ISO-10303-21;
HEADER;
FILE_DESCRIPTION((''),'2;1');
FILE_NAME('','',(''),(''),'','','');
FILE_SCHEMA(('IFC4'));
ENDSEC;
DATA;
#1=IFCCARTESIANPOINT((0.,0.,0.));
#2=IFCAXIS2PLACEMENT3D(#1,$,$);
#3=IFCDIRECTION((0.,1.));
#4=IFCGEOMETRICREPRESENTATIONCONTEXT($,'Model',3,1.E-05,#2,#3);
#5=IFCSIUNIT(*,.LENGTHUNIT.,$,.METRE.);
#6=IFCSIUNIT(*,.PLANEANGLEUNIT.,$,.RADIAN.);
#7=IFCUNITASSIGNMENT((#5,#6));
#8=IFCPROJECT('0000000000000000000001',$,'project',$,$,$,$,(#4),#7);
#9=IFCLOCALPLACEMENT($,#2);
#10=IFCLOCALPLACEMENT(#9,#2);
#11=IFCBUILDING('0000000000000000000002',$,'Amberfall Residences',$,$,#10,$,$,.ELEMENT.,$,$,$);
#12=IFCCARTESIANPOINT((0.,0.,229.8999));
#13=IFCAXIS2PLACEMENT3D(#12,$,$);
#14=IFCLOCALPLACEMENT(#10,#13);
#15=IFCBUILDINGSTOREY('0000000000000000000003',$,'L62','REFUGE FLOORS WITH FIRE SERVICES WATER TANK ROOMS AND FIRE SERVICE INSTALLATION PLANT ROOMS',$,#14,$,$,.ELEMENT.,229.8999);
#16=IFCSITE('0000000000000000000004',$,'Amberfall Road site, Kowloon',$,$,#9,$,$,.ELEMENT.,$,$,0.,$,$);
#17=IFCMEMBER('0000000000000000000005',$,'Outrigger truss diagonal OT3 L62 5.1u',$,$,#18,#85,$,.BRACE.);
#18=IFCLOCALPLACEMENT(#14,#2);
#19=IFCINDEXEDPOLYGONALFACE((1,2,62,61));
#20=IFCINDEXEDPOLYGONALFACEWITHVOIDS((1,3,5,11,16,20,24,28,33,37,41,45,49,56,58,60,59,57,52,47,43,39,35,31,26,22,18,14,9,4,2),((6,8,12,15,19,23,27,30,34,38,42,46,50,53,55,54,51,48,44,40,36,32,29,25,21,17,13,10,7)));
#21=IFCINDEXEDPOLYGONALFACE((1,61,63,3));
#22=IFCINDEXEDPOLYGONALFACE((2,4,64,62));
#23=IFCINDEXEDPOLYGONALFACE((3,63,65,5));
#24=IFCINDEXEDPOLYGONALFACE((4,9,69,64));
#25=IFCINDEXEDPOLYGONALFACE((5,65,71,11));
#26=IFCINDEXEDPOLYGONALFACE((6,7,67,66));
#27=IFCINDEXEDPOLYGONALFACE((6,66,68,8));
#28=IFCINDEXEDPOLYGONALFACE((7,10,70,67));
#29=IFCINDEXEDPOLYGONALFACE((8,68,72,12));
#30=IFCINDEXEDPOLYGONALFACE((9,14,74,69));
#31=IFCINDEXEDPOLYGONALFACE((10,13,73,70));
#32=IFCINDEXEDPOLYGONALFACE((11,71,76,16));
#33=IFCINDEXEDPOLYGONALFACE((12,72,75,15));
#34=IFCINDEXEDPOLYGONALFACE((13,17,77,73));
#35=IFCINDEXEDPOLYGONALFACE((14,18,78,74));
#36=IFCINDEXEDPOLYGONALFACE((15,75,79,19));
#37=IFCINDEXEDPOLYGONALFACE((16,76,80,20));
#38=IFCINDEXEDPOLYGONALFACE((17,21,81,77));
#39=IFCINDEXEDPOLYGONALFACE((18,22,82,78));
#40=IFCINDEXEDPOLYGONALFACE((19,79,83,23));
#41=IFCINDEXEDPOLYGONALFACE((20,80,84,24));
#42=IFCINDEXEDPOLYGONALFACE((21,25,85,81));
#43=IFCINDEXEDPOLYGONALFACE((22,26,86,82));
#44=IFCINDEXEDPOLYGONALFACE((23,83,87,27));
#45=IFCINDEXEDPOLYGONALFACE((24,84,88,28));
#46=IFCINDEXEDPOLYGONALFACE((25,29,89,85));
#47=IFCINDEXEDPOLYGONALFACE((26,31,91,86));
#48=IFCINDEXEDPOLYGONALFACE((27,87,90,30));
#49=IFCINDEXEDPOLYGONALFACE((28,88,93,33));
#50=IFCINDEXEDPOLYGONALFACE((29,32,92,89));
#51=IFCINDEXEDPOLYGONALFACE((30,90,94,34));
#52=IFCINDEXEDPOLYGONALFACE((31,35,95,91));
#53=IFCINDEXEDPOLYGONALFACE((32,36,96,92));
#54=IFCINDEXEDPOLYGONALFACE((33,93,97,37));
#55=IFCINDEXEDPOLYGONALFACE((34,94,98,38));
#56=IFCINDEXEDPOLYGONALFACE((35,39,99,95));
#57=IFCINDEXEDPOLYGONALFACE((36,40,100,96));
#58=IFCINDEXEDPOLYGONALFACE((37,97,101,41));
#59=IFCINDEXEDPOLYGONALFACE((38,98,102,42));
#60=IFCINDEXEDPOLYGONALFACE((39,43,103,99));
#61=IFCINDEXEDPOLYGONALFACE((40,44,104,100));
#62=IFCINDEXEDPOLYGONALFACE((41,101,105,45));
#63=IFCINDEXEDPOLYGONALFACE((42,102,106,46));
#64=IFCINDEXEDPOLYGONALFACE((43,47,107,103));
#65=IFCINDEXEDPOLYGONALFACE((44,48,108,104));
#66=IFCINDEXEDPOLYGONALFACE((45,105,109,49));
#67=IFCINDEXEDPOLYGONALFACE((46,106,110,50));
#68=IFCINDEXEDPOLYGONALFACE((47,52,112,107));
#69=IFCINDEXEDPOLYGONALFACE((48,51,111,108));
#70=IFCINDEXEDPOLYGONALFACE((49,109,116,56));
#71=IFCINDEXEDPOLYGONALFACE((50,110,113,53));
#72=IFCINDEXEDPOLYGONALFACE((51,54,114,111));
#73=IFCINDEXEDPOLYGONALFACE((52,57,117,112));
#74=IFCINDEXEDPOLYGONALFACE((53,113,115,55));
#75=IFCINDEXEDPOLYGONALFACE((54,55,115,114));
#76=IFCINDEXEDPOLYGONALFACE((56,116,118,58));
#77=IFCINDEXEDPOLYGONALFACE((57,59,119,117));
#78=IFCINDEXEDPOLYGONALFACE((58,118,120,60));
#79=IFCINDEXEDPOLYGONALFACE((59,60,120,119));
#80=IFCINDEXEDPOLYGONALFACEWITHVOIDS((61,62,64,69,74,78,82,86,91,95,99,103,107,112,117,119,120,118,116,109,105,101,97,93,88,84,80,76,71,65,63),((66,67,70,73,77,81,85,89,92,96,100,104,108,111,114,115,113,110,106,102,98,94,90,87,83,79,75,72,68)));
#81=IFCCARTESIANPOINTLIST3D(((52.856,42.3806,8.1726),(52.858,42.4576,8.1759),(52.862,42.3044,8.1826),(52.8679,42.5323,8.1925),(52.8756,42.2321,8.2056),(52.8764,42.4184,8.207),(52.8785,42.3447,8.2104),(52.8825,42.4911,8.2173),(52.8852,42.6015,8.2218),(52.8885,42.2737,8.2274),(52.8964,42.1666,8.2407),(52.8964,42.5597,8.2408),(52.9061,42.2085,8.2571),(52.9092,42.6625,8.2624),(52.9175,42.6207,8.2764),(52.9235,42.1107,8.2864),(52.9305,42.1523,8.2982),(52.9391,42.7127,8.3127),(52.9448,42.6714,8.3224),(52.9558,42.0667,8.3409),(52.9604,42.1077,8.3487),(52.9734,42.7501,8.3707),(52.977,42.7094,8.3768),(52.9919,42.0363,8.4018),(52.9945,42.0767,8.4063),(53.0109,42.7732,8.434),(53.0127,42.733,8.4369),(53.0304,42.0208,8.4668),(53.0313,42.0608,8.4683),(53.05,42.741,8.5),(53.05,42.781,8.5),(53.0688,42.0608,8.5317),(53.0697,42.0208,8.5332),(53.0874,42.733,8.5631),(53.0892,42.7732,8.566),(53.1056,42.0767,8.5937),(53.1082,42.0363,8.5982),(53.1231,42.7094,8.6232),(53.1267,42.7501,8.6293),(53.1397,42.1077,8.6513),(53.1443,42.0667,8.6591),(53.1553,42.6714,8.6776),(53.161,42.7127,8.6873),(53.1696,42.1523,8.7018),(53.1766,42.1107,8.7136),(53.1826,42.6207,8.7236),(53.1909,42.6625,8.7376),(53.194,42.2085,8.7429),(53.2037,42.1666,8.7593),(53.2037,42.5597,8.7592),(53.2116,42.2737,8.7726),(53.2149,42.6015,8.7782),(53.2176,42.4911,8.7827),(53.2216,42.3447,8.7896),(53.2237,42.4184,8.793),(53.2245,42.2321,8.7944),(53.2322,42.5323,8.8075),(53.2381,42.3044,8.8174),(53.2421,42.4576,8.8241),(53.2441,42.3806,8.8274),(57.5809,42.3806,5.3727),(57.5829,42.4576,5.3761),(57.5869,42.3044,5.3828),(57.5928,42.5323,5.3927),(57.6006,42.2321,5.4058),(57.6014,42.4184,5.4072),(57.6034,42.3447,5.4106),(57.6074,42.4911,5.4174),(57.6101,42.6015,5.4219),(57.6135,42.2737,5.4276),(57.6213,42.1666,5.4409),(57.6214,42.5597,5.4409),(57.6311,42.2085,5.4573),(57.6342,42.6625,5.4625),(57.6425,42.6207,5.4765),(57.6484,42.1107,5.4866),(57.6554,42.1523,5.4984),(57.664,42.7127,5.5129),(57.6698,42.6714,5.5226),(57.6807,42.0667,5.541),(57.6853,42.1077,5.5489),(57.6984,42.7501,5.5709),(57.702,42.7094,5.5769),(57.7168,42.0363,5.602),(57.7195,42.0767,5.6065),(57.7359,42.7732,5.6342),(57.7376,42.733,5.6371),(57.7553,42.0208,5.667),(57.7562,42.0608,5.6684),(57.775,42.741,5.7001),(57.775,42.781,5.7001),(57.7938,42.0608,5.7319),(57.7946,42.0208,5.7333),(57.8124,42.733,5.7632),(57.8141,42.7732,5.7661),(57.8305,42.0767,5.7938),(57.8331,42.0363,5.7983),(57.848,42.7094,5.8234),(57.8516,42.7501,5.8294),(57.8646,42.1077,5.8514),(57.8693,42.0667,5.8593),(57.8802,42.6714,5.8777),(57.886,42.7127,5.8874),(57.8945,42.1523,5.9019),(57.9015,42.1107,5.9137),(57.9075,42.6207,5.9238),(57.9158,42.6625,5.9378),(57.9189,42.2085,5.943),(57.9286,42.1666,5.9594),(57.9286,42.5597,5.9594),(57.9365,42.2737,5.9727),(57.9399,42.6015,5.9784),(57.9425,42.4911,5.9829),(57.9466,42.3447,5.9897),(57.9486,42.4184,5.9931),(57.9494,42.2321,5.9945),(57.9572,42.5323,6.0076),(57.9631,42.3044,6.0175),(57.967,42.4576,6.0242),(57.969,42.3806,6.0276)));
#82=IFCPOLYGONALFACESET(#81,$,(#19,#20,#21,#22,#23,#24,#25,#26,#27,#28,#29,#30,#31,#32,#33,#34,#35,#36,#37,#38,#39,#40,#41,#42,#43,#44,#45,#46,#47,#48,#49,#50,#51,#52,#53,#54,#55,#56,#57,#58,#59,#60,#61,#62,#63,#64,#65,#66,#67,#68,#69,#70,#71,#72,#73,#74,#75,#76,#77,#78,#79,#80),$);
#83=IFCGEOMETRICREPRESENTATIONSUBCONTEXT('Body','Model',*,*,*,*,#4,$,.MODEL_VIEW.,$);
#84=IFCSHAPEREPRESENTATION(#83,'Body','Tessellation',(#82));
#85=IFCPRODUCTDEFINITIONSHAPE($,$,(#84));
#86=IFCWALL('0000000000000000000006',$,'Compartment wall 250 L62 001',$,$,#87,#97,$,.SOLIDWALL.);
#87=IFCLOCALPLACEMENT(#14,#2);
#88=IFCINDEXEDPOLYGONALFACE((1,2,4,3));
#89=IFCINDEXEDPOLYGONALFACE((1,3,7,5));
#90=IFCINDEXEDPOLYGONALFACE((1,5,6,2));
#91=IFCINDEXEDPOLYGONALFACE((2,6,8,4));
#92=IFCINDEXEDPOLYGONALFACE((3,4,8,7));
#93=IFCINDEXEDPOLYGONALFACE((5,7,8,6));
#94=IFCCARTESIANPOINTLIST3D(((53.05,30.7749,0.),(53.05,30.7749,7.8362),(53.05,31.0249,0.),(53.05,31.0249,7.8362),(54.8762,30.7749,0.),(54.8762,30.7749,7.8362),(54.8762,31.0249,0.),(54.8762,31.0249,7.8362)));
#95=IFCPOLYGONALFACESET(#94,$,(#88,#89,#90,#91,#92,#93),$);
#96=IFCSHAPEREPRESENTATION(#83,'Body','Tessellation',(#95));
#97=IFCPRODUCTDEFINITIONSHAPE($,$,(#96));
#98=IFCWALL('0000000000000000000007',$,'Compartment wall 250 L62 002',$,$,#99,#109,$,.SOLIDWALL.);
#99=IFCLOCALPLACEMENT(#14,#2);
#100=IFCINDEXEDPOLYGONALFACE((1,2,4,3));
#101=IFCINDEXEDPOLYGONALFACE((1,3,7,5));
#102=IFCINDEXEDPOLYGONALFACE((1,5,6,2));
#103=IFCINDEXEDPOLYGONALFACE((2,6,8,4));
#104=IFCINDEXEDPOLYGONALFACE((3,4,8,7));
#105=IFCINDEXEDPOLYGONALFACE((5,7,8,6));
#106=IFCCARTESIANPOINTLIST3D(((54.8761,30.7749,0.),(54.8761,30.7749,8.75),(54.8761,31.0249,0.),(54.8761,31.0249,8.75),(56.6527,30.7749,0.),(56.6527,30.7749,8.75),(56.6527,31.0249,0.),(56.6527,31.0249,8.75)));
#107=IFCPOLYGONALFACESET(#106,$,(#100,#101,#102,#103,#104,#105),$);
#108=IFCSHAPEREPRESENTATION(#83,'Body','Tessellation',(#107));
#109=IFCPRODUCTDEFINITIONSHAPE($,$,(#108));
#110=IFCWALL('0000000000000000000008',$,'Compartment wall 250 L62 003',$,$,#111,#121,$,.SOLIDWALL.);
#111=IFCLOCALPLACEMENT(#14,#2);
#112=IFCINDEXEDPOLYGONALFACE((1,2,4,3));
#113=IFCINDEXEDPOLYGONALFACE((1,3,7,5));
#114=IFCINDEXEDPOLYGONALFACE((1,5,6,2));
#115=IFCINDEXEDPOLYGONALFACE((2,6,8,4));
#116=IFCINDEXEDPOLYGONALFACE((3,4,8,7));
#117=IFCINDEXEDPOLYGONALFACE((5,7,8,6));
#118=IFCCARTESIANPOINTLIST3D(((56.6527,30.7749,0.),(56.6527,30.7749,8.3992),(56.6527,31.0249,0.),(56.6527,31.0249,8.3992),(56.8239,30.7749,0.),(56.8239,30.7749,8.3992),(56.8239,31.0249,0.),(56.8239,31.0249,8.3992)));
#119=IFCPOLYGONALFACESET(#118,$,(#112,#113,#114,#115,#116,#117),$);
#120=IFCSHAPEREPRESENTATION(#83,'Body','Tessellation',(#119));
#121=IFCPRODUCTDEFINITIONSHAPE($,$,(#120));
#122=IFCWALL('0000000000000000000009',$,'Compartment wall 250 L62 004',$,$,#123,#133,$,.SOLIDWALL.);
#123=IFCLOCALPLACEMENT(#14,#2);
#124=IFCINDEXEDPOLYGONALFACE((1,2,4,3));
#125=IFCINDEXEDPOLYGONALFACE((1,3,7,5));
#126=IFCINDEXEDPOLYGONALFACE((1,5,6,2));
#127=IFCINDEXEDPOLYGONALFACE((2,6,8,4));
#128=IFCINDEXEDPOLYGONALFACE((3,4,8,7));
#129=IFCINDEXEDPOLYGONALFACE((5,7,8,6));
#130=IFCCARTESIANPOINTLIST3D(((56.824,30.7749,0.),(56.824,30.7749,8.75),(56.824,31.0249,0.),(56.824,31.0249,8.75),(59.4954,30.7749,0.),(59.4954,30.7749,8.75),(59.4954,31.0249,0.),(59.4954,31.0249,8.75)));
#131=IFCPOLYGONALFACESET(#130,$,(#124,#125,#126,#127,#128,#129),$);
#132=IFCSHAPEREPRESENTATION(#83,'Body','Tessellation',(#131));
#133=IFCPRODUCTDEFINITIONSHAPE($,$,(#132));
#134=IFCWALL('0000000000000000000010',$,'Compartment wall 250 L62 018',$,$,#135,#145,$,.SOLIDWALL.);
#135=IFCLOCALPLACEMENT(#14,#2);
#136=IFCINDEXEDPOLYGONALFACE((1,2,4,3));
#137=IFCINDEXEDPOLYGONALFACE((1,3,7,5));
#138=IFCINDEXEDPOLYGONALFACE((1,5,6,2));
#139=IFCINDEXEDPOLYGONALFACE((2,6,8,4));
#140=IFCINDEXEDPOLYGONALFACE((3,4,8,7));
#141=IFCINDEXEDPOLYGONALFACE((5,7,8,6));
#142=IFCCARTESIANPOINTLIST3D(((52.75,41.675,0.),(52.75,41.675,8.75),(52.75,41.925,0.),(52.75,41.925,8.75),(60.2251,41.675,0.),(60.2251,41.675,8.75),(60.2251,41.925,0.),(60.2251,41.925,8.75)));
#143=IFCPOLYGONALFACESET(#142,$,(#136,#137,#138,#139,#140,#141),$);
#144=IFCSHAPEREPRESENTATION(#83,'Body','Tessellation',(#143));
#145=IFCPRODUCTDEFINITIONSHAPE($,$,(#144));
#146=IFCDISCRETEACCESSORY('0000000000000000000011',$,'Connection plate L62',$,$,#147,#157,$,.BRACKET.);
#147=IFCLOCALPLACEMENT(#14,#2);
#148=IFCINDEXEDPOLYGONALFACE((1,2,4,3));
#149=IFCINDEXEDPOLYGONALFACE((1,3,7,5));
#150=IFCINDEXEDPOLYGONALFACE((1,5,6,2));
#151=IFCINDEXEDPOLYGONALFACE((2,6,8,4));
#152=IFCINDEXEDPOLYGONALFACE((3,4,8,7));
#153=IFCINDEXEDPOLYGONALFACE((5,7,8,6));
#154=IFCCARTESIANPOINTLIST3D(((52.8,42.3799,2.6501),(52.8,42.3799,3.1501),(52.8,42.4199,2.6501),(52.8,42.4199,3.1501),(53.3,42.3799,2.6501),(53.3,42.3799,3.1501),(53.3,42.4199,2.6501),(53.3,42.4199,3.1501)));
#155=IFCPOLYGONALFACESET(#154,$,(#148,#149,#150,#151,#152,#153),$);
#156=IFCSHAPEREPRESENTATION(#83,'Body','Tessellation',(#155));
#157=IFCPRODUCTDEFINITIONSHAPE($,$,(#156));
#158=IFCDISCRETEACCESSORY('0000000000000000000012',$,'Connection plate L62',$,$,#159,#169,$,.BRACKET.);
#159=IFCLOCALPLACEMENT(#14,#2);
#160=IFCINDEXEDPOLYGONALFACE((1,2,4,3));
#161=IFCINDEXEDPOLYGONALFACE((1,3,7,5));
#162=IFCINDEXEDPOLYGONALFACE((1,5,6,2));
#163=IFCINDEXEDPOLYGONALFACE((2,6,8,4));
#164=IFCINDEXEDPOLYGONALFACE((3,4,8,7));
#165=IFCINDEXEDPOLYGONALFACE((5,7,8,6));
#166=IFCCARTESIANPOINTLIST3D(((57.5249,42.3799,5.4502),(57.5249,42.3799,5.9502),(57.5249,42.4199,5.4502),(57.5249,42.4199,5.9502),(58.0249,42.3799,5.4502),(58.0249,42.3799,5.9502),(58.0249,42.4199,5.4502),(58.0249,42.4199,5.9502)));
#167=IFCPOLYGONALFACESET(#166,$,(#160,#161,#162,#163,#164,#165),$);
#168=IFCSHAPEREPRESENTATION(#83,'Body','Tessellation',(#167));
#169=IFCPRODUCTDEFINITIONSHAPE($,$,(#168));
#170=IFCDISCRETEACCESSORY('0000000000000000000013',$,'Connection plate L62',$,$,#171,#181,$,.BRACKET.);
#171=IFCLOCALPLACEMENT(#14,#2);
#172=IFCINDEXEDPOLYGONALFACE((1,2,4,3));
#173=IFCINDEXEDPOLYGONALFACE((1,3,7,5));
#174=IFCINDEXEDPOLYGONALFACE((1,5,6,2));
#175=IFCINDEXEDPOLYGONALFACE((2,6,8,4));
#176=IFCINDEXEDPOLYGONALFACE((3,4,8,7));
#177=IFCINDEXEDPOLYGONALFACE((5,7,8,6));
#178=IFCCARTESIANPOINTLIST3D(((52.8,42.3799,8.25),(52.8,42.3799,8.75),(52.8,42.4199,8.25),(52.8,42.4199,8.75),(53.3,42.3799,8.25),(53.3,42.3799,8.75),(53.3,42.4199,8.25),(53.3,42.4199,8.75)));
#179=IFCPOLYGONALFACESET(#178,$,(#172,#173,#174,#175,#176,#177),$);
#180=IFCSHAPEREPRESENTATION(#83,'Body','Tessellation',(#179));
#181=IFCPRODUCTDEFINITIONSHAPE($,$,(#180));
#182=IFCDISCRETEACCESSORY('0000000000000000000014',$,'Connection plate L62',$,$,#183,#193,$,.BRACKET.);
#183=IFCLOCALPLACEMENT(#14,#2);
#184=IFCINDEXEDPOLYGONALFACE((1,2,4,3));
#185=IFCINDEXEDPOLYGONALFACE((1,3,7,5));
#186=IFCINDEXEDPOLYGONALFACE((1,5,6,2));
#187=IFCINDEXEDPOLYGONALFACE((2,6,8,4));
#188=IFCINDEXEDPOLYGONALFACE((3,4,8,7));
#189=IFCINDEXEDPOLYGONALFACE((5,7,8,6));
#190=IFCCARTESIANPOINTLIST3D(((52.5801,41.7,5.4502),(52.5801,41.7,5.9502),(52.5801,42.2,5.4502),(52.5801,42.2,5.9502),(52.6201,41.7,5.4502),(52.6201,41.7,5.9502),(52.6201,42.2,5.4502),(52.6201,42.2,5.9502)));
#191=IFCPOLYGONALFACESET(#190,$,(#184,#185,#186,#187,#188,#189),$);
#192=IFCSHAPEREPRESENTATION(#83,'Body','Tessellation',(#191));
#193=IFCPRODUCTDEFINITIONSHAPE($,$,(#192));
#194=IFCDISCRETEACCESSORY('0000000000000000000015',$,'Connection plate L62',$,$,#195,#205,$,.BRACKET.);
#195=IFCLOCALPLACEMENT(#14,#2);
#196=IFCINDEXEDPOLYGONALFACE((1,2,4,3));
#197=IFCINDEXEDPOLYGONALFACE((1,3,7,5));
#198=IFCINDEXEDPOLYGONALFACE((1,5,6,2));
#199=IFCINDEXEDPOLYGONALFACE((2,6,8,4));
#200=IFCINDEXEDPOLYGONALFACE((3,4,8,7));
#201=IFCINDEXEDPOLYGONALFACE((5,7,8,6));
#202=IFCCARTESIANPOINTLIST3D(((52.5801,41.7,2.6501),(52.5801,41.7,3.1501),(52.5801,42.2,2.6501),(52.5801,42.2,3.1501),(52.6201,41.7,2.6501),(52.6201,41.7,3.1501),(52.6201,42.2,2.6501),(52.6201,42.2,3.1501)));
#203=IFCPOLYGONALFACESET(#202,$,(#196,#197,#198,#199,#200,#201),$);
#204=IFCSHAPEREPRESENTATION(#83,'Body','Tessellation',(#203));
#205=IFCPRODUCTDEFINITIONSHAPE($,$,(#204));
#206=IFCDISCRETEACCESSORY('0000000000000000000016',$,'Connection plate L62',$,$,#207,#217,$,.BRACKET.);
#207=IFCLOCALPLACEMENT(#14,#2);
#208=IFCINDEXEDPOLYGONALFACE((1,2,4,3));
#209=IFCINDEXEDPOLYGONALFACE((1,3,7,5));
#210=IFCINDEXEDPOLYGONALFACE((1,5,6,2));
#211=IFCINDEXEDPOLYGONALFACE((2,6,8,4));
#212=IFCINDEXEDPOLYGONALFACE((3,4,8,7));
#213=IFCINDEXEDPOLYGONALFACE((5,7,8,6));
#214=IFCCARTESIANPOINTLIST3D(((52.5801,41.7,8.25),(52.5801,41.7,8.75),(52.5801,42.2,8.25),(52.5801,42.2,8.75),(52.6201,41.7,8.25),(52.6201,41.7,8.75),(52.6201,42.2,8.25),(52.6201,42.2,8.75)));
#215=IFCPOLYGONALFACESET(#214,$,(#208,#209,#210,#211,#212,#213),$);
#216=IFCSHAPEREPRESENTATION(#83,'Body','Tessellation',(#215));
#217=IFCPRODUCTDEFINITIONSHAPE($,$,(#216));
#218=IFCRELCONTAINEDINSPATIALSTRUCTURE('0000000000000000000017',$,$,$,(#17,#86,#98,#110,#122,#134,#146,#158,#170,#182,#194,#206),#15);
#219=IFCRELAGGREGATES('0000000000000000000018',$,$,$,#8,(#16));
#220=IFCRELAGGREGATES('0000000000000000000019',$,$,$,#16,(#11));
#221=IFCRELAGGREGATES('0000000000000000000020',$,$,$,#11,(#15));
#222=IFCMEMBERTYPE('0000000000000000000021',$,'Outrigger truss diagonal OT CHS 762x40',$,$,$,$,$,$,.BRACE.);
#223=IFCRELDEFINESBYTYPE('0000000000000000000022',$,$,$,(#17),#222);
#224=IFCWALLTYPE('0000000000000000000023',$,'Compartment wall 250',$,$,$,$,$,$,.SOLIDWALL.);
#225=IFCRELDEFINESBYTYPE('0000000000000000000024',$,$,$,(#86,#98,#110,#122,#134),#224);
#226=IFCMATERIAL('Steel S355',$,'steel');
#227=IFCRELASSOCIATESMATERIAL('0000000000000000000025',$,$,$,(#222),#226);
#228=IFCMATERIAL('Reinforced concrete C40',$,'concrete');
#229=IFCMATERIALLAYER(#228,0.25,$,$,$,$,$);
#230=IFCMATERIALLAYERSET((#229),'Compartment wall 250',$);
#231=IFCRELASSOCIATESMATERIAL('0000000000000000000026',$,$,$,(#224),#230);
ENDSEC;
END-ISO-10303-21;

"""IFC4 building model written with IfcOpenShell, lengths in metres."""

from ifc_helpers import new_model, si_unit, direction, frame, frame_2d, origin, origin_2d, place, context, subcontext, project, spatial, rectangle, hollow_circle, extrude, material, layer, layer_set, material_profile, profile_set, type_object, element, save


model = new_model("IFC4")

# Units and contexts
model_context = context("Model", 3, precision=1e-05, world=origin(), true_north=direction((0.0, 1.0)))
body_context = subcontext(model_context, "Body", "Model", "MODEL_VIEW")
ifc_project = project(units=[si_unit("LENGTHUNIT", "METRE"), si_unit("PLANEANGLEUNIT", "RADIAN")], contexts=[model_context])

# Site, building, storey
site_placement = place(None, origin())
site = spatial("IfcSite", under=ifc_project, at=site_placement, Name="Amberfall Road site, Kowloon", CompositionType="ELEMENT", RefElevation=0.0)
building_placement = place(site_placement, origin())
building = spatial("IfcBuilding", under=site, at=building_placement, Name="Amberfall Residences", CompositionType="ELEMENT")
storey_placement = place(building_placement, frame((0.0, 0.0, 229.8999)))
storey = spatial("IfcBuildingStorey", under=building, at=storey_placement, Name="L62", Description="REFUGE FLOORS WITH FIRE SERVICES WATER TANK ROOMS AND FIRE SERVICE INSTALLATION PLANT ROOMS", CompositionType="ELEMENT", Elevation=229.8999)

# Shared definitions
ifc_material_1 = material(Name="Steel S355", Category="steel")

# Member
ifc_material_profile_1 = material_profile(ifc_material_1, hollow_circle(Radius=0.3811, WallThickness=0.04, at=origin_2d()), Name="CHS 762x40")
ifc_profile_set_1 = profile_set([ifc_material_profile_1], Name="Steel S355")
member_type_1 = type_object("IfcMemberType", Name="Outrigger truss diagonal OT CHS 762x40", PredefinedType="BRACE", material=ifc_profile_set_1)
member_1_placement = place(storey_placement, frame((53.05, 42.3999, 8.5), z_axis=(0.8603, 0.0, -0.509788), x_axis=(0.0, 1.0, 0.0)))
element("IfcMember", 1, at=member_1_placement, inside=storey, type_object=member_type_1, Name="Outrigger truss diagonal OT3 L62 5.1u", PredefinedType="BRACE", context=body_context, shape_type="SweptSolid", body=[
    extrude(hollow_circle(Radius=0.3811, WallThickness=0.04, at=origin_2d()), origin(), (0.0, 0.0, 1.0), 5.4922),
])

# Walls
ifc_material_2 = material(Name="Reinforced concrete C40", Category="concrete")
ifc_layer = layer(ifc_material_2, 0.25)
ifc_layer_set = layer_set([ifc_layer], Name="Compartment wall 250")
wall_type = type_object("IfcWallType", Name="Compartment wall 250", PredefinedType="SOLIDWALL", material=ifc_layer_set)
wall_1_placement = place(storey_placement, frame((53.05, 30.8999, 0.0), z_axis=(0.0, 0.0, 1.0), x_axis=(1.0, 0.0, 0.0)))
element("IfcWall", 2, at=wall_1_placement, inside=storey, type_object=wall_type, Name="Compartment wall 250 L62 001", PredefinedType="SOLIDWALL", context=body_context, shape_type="SweptSolid", body=[
    extrude(rectangle(XDim=1.8262, YDim=0.25, at=frame_2d((0.9131, 0.0))), origin(), (0.0, 0.0, 1.0), 7.8362),
])
wall_2_placement = place(storey_placement, frame((54.8762, 30.8999, 0.0), z_axis=(0.0, 0.0, 1.0), x_axis=(1.0, 0.0, 0.0)))
element("IfcWall", 3, at=wall_2_placement, inside=storey, type_object=wall_type, Name="Compartment wall 250 L62 002", PredefinedType="SOLIDWALL", context=body_context, shape_type="SweptSolid", body=[
    extrude(rectangle(XDim=1.7766, YDim=0.25, at=frame_2d((0.8882, 0.0))), origin(), (0.0, 0.0, 1.0), 8.75),
])
wall_3_placement = place(storey_placement, frame((56.6528, 30.8999, 0.0), z_axis=(0.0, 0.0, 1.0), x_axis=(1.0, 0.0, 0.0)))
element("IfcWall", 4, at=wall_3_placement, inside=storey, type_object=wall_type, Name="Compartment wall 250 L62 003", PredefinedType="SOLIDWALL", context=body_context, shape_type="SweptSolid", body=[
    extrude(rectangle(XDim=0.1711, YDim=0.25, at=frame_2d((0.0854, 0.0))), origin(), (0.0, 0.0, 1.0), 8.3992),
])
wall_4_placement = place(storey_placement, frame((56.824, 30.8999, 0.0), z_axis=(0.0, 0.0, 1.0), x_axis=(1.0, 0.0, 0.0)))
element("IfcWall", 5, at=wall_4_placement, inside=storey, type_object=wall_type, Name="Compartment wall 250 L62 004", PredefinedType="SOLIDWALL", context=body_context, shape_type="SweptSolid", body=[
    extrude(rectangle(XDim=2.6714, YDim=0.25, at=frame_2d((1.3357, 0.0))), origin(), (0.0, 0.0, 1.0), 8.75),
])
wall_5_placement = place(storey_placement, frame((52.75, 41.8, 0.0), z_axis=(0.0, 0.0, 1.0), x_axis=(1.0, 0.0, 0.0)))
element("IfcWall", 6, at=wall_5_placement, inside=storey, type_object=wall_type, Name="Compartment wall 250 L62 018", PredefinedType="SOLIDWALL", context=body_context, shape_type="SweptSolid", body=[
    extrude(rectangle(XDim=7.4751, YDim=0.25, at=frame_2d((3.7375, 0.0))), origin(), (0.0, 0.0, 1.0), 8.75),
])

# Discrete accessories
for number, where, z_axis, x_axis, name in (
    (7, (53.05, 42.3999, 2.6501), (0.0, 0.0, 1.0), (1.0, 0.0, 0.0), "Connection plate L62"),
    (8, (57.7749, 42.3999, 5.4502), (0.0, 0.0, 1.0), (1.0, 0.0, 0.0), "Connection plate L62"),
    (9, (53.05, 42.3999, 8.25), (0.0, 0.0, 1.0), (1.0, 0.0, 0.0), "Connection plate L62"),
    (10, (52.6001, 41.95, 5.4502), (0.0, 0.0, 1.0), (0.0, 1.0, 0.0), "Connection plate L62"),
    (11, (52.6001, 41.95, 2.6501), (0.0, 0.0, 1.0), (0.0, 1.0, 0.0), "Connection plate L62"),
    (12, (52.6001, 41.95, 8.25), (0.0, 0.0, 1.0), (0.0, 1.0, 0.0), "Connection plate L62"),
):
    element("IfcDiscreteAccessory", number, at=place(storey_placement, frame(where, z_axis=z_axis, x_axis=x_axis)), inside=storey, Name=name, PredefinedType="BRACKET", context=body_context, shape_type="SweptSolid", body=[
        extrude(rectangle(XDim=0.5, YDim=0.04, at=origin_2d()), origin(), (0.0, 0.0, 1.0), 0.5),
    ])

save(model, "model.ifc")
